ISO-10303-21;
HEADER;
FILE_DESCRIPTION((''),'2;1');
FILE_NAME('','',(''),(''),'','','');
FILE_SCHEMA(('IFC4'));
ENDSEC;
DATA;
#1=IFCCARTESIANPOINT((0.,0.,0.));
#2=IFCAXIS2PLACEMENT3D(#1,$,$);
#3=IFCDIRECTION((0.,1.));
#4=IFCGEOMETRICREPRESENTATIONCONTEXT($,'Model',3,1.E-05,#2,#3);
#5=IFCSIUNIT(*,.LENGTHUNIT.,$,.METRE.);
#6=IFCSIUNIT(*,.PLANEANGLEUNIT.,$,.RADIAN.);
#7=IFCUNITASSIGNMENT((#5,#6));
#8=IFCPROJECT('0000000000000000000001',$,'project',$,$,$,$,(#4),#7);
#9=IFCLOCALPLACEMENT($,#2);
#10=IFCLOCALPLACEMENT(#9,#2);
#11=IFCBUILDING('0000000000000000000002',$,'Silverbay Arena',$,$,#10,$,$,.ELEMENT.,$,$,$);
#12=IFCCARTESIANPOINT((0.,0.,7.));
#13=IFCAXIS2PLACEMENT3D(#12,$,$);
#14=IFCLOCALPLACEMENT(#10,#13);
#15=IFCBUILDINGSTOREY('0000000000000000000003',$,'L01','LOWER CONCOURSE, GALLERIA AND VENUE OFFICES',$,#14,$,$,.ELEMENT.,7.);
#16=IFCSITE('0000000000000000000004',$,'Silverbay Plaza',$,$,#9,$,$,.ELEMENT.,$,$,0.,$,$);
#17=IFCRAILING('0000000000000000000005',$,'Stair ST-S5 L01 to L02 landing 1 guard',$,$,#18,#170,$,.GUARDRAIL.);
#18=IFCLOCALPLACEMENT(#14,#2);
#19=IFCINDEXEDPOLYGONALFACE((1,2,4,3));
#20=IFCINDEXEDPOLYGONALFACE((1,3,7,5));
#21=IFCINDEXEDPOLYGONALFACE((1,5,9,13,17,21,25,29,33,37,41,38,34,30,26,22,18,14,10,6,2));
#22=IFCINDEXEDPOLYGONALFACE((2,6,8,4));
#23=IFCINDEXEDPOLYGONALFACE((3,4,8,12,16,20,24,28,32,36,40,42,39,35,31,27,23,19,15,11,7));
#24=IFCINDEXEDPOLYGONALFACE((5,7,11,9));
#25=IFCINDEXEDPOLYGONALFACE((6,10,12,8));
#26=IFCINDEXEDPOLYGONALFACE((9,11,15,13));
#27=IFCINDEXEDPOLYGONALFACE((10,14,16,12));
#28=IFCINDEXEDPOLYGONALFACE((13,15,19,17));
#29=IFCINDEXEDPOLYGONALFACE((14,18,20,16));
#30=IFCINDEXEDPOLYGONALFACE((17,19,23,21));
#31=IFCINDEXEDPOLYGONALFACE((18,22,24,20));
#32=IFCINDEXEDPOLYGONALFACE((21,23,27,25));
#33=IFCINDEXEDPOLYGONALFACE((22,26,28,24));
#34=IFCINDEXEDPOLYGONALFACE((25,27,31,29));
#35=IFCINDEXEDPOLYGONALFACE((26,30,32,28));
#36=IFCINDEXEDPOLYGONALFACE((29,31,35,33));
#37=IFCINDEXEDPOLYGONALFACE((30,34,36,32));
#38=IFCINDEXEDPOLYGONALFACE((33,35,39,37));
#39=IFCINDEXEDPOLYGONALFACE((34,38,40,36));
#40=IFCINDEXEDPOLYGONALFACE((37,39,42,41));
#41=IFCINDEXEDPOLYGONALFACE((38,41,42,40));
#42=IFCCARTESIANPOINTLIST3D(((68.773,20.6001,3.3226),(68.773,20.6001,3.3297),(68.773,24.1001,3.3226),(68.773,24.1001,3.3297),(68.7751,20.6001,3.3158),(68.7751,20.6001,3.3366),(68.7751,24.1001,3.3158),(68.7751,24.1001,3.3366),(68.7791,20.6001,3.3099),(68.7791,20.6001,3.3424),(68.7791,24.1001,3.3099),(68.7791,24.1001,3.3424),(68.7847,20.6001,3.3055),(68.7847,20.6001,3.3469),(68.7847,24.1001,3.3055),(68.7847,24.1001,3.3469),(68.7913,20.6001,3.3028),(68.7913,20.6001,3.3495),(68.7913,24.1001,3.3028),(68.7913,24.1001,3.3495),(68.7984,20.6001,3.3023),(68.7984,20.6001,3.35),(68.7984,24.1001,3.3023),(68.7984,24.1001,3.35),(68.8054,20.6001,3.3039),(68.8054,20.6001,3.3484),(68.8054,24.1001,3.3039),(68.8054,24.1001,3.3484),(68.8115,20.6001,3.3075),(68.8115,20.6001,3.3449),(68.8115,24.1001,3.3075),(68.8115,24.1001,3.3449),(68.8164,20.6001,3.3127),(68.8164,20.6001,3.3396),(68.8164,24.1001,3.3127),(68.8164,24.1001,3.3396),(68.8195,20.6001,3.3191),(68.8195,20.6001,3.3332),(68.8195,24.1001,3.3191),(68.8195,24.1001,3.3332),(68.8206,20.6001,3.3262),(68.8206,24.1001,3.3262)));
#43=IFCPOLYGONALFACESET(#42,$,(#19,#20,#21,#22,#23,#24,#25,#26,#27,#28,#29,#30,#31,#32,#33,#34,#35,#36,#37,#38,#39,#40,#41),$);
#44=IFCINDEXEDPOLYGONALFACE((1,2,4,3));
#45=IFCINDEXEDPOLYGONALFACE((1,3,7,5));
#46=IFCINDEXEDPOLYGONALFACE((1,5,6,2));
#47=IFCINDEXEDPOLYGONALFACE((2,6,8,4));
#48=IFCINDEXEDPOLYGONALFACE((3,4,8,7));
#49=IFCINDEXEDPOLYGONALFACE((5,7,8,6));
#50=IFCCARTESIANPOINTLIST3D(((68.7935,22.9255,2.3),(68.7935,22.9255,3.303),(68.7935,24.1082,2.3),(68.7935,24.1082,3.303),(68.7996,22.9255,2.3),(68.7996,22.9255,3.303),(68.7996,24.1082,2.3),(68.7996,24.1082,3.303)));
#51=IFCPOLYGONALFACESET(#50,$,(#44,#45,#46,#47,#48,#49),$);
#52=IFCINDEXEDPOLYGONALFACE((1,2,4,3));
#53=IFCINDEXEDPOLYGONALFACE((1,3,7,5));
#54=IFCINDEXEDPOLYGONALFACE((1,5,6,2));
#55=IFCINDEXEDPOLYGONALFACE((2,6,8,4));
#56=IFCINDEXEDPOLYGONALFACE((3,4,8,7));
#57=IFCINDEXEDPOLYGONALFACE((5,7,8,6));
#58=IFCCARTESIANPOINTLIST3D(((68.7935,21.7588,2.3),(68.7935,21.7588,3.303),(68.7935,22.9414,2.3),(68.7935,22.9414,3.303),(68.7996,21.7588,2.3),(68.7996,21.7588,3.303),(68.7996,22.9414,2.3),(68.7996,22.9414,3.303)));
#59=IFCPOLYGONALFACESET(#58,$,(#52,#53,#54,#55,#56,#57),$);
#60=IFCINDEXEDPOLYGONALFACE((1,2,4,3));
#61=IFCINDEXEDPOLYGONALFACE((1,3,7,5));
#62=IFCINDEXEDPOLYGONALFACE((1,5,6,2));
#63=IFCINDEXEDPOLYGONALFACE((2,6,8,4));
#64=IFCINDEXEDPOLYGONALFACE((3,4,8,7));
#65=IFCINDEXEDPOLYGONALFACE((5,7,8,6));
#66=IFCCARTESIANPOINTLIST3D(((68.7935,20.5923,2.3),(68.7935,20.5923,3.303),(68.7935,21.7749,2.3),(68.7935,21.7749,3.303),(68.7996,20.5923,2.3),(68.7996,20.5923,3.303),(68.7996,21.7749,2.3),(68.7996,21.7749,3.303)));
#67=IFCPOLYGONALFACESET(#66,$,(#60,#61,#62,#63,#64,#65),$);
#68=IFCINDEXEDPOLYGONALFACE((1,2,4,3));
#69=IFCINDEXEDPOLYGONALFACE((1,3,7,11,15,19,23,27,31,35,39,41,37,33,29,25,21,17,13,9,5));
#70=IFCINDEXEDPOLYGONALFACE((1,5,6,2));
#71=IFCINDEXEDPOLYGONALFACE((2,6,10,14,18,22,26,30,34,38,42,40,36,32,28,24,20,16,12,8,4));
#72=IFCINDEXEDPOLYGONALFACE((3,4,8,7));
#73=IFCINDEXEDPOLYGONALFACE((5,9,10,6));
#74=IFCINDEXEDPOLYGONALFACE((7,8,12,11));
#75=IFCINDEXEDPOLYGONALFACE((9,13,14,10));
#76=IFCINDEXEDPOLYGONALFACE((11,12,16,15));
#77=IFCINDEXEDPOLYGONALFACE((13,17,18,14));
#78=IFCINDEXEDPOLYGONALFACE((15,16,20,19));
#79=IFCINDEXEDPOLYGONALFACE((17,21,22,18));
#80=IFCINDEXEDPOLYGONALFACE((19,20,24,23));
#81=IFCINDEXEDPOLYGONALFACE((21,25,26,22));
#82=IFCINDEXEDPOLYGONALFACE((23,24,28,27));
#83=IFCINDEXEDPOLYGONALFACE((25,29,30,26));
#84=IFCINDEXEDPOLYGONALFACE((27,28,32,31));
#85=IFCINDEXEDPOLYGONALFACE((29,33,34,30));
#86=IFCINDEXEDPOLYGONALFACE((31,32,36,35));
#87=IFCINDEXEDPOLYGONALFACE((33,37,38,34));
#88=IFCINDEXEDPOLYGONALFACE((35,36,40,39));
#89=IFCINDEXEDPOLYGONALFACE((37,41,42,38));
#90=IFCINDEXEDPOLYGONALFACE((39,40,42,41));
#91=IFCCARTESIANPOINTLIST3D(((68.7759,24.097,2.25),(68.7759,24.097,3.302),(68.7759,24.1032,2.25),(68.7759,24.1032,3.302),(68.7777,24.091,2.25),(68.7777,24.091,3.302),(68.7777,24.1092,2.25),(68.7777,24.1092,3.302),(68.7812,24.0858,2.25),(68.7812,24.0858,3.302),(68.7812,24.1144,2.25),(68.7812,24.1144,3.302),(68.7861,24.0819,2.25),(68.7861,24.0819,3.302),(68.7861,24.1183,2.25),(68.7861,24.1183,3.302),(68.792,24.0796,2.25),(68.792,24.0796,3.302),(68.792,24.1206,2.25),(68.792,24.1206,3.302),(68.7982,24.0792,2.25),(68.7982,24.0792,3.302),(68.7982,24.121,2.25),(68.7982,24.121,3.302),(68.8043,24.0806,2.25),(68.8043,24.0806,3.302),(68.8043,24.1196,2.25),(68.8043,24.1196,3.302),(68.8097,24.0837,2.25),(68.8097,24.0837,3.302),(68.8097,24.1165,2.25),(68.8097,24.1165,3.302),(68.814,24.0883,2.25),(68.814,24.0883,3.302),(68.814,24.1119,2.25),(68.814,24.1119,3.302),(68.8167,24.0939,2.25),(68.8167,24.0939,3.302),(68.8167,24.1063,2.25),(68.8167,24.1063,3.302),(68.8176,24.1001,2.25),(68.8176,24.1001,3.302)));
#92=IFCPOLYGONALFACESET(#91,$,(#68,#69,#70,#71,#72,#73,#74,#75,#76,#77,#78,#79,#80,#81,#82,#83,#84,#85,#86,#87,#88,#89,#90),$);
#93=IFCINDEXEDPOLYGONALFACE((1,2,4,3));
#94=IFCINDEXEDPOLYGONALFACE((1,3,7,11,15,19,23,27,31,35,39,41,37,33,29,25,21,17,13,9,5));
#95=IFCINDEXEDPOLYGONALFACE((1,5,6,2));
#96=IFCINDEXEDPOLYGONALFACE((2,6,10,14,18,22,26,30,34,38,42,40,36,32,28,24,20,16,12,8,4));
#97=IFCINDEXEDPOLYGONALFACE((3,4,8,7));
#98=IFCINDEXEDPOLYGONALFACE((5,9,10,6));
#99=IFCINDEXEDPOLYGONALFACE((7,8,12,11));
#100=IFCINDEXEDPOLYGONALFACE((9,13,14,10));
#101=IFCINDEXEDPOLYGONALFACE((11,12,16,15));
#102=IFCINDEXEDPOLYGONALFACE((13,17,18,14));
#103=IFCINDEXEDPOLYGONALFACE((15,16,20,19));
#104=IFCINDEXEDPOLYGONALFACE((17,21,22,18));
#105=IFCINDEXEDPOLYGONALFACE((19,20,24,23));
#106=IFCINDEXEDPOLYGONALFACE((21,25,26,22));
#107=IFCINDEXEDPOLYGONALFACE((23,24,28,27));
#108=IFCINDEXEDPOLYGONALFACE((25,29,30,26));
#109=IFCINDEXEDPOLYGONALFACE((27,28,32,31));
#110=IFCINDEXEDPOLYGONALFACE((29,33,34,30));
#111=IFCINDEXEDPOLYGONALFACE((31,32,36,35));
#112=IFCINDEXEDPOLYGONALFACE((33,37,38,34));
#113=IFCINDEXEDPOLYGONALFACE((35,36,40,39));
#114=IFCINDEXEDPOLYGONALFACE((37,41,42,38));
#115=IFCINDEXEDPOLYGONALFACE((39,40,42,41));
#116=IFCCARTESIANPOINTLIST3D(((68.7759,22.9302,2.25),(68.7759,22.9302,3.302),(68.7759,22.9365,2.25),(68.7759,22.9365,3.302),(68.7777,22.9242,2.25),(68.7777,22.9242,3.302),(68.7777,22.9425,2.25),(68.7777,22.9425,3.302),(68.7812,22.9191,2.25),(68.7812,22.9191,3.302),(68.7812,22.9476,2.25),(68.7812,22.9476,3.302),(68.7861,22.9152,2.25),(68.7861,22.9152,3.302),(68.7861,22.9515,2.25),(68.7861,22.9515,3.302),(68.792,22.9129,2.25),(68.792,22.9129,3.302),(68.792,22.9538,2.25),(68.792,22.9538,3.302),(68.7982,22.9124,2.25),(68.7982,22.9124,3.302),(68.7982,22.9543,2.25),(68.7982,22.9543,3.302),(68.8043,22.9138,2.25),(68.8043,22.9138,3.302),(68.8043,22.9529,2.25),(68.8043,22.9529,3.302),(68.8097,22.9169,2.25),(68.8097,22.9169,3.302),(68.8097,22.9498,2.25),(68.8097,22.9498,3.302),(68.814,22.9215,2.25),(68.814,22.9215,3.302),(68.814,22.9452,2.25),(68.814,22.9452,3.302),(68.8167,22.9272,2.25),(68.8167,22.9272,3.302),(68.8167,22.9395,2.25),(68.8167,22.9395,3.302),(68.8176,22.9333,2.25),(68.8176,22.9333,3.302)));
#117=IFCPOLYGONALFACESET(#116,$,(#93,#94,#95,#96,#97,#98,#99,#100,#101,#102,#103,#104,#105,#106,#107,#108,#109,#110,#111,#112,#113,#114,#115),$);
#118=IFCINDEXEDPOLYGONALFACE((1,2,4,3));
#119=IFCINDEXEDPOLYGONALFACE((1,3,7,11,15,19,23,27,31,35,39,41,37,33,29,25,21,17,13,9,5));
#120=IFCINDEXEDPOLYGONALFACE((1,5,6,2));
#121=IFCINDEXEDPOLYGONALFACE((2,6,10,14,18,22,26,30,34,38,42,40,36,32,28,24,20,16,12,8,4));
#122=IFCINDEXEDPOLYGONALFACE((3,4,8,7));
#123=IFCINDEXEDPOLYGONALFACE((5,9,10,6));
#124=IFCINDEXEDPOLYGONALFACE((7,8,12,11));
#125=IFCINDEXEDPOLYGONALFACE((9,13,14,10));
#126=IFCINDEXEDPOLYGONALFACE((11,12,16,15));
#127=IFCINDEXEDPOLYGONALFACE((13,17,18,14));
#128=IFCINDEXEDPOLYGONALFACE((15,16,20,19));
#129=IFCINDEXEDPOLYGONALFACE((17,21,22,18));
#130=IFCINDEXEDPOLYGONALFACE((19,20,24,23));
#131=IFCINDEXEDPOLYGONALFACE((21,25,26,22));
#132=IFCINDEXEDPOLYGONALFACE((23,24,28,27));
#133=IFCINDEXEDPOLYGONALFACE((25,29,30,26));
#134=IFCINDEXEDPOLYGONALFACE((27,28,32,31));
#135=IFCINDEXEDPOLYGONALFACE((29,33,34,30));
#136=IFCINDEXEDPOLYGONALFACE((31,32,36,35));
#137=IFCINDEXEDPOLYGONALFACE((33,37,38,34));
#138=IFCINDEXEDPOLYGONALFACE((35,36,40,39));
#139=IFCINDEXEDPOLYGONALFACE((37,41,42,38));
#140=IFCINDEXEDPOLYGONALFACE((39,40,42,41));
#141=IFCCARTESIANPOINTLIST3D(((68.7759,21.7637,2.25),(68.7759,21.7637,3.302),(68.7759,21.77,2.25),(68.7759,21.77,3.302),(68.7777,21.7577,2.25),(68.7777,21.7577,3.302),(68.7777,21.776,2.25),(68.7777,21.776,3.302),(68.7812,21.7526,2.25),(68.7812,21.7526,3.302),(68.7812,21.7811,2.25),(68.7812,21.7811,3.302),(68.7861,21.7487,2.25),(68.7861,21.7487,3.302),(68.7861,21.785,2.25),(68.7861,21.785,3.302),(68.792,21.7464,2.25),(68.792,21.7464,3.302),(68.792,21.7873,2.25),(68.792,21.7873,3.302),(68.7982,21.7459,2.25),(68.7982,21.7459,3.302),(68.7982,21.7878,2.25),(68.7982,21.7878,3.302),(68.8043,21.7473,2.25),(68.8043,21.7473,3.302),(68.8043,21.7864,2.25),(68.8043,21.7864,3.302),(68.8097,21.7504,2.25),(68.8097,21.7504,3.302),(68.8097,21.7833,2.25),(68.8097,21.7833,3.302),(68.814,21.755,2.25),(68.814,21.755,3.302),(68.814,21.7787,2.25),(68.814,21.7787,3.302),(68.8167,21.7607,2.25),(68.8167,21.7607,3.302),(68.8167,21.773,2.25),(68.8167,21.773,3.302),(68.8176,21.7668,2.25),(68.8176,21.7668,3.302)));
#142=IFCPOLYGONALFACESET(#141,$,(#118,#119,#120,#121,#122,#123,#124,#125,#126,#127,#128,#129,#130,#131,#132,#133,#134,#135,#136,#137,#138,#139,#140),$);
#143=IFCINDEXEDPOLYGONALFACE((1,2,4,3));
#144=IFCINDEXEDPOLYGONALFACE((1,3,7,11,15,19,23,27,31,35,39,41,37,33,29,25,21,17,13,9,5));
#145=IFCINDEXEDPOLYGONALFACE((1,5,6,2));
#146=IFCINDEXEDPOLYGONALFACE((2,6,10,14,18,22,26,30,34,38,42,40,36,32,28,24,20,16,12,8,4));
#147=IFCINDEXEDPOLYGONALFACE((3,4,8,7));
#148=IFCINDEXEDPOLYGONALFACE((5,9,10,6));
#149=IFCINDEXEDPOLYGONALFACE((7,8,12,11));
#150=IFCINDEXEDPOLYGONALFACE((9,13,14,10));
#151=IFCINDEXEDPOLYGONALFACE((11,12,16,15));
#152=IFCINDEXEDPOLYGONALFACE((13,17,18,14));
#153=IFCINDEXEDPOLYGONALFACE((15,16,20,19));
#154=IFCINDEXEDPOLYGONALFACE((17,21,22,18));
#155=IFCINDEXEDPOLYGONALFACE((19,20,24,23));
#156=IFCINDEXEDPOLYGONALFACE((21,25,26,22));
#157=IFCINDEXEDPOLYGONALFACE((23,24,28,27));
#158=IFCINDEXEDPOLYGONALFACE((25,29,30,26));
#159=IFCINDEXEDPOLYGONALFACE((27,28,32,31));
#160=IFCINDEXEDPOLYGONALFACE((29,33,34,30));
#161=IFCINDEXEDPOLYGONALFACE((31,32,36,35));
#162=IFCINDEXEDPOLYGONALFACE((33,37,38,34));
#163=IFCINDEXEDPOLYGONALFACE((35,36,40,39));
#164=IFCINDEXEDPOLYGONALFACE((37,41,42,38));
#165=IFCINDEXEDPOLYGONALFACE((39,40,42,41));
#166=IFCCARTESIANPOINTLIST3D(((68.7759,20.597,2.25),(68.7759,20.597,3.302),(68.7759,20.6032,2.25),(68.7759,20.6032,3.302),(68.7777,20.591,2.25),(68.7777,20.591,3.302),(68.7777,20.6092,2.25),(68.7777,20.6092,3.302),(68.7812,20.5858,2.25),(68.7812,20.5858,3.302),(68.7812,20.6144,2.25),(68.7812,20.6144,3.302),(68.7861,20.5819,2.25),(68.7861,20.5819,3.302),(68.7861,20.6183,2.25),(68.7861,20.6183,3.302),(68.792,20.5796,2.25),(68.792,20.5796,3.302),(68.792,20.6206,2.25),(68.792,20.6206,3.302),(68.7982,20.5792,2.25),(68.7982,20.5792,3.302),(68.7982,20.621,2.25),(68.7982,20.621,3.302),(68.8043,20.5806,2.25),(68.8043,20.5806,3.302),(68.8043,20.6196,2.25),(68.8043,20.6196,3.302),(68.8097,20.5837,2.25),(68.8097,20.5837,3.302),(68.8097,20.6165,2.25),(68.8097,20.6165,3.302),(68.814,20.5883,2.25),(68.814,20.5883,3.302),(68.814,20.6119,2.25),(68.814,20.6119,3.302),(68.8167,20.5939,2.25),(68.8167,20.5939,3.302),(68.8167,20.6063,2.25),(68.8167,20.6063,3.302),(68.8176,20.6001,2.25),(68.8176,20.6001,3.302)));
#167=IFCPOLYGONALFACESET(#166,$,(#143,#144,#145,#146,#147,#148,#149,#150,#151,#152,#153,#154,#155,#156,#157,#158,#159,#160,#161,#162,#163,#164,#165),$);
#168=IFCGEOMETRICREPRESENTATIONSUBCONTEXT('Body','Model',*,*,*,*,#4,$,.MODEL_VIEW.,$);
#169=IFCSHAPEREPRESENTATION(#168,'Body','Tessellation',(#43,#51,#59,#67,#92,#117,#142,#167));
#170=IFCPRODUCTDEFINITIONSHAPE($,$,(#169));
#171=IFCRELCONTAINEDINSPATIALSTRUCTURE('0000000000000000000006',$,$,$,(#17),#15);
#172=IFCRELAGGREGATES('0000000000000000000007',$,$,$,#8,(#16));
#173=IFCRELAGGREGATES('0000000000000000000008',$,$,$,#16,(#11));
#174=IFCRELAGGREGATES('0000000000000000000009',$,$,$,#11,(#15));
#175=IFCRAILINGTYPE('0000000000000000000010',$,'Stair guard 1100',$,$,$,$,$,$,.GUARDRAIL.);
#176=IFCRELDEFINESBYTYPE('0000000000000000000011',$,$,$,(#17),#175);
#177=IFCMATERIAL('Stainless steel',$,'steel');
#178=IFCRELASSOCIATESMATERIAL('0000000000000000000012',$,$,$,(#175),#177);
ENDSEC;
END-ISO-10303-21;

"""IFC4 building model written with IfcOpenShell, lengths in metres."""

from ifc_helpers import new_model, si_unit, direction, frame, origin, origin_2d, place, context, subcontext, project, spatial, polyline, circle, outline, extrude, material, type_object, element, save


model = new_model("IFC4")

# Units and contexts
model_context = context("Model", 3, precision=1e-05, world=origin(), true_north=direction((0.0, 1.0)))
body_context = subcontext(model_context, "Body", "Model", "MODEL_VIEW")
ifc_project = project(units=[si_unit("LENGTHUNIT", "METRE"), si_unit("PLANEANGLEUNIT", "RADIAN")], contexts=[model_context])

# Site, building, storey
site_placement = place(None, origin())
site = spatial("IfcSite", under=ifc_project, at=site_placement, Name="Silverbay Plaza", CompositionType="ELEMENT", RefElevation=0.0)
building_placement = place(site_placement, origin())
building = spatial("IfcBuilding", under=site, at=building_placement, Name="Silverbay Arena", CompositionType="ELEMENT")
storey_placement = place(building_placement, frame((0.0, 0.0, 7.0)))
storey = spatial("IfcBuildingStorey", under=building, at=storey_placement, Name="L01", Description="LOWER CONCOURSE, GALLERIA AND VENUE OFFICES", CompositionType="ELEMENT", Elevation=7.0)

# Railing
ifc_material_1 = material(Name="Stainless steel", Category="steel")
railing_type_1 = type_object("IfcRailingType", Name="Stair guard 1100", PredefinedType="GUARDRAIL", material=ifc_material_1)
for number, where, name in (
    (1, (68.7966, 24.1001, 2.25), "Stair ST-S5 L01 to L02 landing 1 guard"),
):
    element("IfcRailing", number, at=place(storey_placement, frame(where)), inside=storey, type_object=railing_type_1, Name=name, PredefinedType="GUARDRAIL", context=body_context, shape_type="SweptSolid", body=[
        extrude(circle(Radius=0.0239, at=origin_2d()), frame((0.0, 0.0, 1.0762), z_axis=(0.0, -1.0, 0.0), x_axis=(1.0, 0.0, 0.0)), (0.0, 0.0, 1.0), 3.5),
        extrude(outline(polyline([(-0.0081, 0.05), (1.1746, 0.05), (1.1746, 1.053), (-0.0081, 1.053), (-0.0081, 0.05)])), frame((0.0029, 0.0, 0.0), z_axis=(-1.0, 0.0, 0.0), x_axis=(0.0, -1.0, 0.0)), (0.0, 0.0, 1.0), 0.0061),
        extrude(outline(polyline([(-0.0081, 0.05), (1.1746, 0.05), (1.1746, 1.053), (-0.0081, 1.053), (-0.0081, 0.05)])), frame((0.0029, -1.1667, 0.0), z_axis=(-1.0, 0.0, 0.0), x_axis=(0.0, -1.0, 0.0)), (0.0, 0.0, 1.0), 0.0061),
        extrude(outline(polyline([(-0.0081, 0.05), (1.1746, 0.05), (1.1746, 1.053), (-0.0081, 1.053), (-0.0081, 0.05)])), frame((0.0029, -2.3333, 0.0), z_axis=(-1.0, 0.0, 0.0), x_axis=(0.0, -1.0, 0.0)), (0.0, 0.0, 1.0), 0.0061),
        extrude(circle(Radius=0.021, at=origin_2d()), origin(), (0.0, 0.0, 1.0), 1.052),
        extrude(circle(Radius=0.021, at=origin_2d()), frame((0.0, -1.1667, 0.0)), (0.0, 0.0, 1.0), 1.052),
        extrude(circle(Radius=0.021, at=origin_2d()), frame((0.0, -2.3333, 0.0)), (0.0, 0.0, 1.0), 1.052),
        extrude(circle(Radius=0.021, at=origin_2d()), frame((0.0, -3.5, 0.0)), (0.0, 0.0, 1.0), 1.052),
    ])

save(model, "model.ifc")
